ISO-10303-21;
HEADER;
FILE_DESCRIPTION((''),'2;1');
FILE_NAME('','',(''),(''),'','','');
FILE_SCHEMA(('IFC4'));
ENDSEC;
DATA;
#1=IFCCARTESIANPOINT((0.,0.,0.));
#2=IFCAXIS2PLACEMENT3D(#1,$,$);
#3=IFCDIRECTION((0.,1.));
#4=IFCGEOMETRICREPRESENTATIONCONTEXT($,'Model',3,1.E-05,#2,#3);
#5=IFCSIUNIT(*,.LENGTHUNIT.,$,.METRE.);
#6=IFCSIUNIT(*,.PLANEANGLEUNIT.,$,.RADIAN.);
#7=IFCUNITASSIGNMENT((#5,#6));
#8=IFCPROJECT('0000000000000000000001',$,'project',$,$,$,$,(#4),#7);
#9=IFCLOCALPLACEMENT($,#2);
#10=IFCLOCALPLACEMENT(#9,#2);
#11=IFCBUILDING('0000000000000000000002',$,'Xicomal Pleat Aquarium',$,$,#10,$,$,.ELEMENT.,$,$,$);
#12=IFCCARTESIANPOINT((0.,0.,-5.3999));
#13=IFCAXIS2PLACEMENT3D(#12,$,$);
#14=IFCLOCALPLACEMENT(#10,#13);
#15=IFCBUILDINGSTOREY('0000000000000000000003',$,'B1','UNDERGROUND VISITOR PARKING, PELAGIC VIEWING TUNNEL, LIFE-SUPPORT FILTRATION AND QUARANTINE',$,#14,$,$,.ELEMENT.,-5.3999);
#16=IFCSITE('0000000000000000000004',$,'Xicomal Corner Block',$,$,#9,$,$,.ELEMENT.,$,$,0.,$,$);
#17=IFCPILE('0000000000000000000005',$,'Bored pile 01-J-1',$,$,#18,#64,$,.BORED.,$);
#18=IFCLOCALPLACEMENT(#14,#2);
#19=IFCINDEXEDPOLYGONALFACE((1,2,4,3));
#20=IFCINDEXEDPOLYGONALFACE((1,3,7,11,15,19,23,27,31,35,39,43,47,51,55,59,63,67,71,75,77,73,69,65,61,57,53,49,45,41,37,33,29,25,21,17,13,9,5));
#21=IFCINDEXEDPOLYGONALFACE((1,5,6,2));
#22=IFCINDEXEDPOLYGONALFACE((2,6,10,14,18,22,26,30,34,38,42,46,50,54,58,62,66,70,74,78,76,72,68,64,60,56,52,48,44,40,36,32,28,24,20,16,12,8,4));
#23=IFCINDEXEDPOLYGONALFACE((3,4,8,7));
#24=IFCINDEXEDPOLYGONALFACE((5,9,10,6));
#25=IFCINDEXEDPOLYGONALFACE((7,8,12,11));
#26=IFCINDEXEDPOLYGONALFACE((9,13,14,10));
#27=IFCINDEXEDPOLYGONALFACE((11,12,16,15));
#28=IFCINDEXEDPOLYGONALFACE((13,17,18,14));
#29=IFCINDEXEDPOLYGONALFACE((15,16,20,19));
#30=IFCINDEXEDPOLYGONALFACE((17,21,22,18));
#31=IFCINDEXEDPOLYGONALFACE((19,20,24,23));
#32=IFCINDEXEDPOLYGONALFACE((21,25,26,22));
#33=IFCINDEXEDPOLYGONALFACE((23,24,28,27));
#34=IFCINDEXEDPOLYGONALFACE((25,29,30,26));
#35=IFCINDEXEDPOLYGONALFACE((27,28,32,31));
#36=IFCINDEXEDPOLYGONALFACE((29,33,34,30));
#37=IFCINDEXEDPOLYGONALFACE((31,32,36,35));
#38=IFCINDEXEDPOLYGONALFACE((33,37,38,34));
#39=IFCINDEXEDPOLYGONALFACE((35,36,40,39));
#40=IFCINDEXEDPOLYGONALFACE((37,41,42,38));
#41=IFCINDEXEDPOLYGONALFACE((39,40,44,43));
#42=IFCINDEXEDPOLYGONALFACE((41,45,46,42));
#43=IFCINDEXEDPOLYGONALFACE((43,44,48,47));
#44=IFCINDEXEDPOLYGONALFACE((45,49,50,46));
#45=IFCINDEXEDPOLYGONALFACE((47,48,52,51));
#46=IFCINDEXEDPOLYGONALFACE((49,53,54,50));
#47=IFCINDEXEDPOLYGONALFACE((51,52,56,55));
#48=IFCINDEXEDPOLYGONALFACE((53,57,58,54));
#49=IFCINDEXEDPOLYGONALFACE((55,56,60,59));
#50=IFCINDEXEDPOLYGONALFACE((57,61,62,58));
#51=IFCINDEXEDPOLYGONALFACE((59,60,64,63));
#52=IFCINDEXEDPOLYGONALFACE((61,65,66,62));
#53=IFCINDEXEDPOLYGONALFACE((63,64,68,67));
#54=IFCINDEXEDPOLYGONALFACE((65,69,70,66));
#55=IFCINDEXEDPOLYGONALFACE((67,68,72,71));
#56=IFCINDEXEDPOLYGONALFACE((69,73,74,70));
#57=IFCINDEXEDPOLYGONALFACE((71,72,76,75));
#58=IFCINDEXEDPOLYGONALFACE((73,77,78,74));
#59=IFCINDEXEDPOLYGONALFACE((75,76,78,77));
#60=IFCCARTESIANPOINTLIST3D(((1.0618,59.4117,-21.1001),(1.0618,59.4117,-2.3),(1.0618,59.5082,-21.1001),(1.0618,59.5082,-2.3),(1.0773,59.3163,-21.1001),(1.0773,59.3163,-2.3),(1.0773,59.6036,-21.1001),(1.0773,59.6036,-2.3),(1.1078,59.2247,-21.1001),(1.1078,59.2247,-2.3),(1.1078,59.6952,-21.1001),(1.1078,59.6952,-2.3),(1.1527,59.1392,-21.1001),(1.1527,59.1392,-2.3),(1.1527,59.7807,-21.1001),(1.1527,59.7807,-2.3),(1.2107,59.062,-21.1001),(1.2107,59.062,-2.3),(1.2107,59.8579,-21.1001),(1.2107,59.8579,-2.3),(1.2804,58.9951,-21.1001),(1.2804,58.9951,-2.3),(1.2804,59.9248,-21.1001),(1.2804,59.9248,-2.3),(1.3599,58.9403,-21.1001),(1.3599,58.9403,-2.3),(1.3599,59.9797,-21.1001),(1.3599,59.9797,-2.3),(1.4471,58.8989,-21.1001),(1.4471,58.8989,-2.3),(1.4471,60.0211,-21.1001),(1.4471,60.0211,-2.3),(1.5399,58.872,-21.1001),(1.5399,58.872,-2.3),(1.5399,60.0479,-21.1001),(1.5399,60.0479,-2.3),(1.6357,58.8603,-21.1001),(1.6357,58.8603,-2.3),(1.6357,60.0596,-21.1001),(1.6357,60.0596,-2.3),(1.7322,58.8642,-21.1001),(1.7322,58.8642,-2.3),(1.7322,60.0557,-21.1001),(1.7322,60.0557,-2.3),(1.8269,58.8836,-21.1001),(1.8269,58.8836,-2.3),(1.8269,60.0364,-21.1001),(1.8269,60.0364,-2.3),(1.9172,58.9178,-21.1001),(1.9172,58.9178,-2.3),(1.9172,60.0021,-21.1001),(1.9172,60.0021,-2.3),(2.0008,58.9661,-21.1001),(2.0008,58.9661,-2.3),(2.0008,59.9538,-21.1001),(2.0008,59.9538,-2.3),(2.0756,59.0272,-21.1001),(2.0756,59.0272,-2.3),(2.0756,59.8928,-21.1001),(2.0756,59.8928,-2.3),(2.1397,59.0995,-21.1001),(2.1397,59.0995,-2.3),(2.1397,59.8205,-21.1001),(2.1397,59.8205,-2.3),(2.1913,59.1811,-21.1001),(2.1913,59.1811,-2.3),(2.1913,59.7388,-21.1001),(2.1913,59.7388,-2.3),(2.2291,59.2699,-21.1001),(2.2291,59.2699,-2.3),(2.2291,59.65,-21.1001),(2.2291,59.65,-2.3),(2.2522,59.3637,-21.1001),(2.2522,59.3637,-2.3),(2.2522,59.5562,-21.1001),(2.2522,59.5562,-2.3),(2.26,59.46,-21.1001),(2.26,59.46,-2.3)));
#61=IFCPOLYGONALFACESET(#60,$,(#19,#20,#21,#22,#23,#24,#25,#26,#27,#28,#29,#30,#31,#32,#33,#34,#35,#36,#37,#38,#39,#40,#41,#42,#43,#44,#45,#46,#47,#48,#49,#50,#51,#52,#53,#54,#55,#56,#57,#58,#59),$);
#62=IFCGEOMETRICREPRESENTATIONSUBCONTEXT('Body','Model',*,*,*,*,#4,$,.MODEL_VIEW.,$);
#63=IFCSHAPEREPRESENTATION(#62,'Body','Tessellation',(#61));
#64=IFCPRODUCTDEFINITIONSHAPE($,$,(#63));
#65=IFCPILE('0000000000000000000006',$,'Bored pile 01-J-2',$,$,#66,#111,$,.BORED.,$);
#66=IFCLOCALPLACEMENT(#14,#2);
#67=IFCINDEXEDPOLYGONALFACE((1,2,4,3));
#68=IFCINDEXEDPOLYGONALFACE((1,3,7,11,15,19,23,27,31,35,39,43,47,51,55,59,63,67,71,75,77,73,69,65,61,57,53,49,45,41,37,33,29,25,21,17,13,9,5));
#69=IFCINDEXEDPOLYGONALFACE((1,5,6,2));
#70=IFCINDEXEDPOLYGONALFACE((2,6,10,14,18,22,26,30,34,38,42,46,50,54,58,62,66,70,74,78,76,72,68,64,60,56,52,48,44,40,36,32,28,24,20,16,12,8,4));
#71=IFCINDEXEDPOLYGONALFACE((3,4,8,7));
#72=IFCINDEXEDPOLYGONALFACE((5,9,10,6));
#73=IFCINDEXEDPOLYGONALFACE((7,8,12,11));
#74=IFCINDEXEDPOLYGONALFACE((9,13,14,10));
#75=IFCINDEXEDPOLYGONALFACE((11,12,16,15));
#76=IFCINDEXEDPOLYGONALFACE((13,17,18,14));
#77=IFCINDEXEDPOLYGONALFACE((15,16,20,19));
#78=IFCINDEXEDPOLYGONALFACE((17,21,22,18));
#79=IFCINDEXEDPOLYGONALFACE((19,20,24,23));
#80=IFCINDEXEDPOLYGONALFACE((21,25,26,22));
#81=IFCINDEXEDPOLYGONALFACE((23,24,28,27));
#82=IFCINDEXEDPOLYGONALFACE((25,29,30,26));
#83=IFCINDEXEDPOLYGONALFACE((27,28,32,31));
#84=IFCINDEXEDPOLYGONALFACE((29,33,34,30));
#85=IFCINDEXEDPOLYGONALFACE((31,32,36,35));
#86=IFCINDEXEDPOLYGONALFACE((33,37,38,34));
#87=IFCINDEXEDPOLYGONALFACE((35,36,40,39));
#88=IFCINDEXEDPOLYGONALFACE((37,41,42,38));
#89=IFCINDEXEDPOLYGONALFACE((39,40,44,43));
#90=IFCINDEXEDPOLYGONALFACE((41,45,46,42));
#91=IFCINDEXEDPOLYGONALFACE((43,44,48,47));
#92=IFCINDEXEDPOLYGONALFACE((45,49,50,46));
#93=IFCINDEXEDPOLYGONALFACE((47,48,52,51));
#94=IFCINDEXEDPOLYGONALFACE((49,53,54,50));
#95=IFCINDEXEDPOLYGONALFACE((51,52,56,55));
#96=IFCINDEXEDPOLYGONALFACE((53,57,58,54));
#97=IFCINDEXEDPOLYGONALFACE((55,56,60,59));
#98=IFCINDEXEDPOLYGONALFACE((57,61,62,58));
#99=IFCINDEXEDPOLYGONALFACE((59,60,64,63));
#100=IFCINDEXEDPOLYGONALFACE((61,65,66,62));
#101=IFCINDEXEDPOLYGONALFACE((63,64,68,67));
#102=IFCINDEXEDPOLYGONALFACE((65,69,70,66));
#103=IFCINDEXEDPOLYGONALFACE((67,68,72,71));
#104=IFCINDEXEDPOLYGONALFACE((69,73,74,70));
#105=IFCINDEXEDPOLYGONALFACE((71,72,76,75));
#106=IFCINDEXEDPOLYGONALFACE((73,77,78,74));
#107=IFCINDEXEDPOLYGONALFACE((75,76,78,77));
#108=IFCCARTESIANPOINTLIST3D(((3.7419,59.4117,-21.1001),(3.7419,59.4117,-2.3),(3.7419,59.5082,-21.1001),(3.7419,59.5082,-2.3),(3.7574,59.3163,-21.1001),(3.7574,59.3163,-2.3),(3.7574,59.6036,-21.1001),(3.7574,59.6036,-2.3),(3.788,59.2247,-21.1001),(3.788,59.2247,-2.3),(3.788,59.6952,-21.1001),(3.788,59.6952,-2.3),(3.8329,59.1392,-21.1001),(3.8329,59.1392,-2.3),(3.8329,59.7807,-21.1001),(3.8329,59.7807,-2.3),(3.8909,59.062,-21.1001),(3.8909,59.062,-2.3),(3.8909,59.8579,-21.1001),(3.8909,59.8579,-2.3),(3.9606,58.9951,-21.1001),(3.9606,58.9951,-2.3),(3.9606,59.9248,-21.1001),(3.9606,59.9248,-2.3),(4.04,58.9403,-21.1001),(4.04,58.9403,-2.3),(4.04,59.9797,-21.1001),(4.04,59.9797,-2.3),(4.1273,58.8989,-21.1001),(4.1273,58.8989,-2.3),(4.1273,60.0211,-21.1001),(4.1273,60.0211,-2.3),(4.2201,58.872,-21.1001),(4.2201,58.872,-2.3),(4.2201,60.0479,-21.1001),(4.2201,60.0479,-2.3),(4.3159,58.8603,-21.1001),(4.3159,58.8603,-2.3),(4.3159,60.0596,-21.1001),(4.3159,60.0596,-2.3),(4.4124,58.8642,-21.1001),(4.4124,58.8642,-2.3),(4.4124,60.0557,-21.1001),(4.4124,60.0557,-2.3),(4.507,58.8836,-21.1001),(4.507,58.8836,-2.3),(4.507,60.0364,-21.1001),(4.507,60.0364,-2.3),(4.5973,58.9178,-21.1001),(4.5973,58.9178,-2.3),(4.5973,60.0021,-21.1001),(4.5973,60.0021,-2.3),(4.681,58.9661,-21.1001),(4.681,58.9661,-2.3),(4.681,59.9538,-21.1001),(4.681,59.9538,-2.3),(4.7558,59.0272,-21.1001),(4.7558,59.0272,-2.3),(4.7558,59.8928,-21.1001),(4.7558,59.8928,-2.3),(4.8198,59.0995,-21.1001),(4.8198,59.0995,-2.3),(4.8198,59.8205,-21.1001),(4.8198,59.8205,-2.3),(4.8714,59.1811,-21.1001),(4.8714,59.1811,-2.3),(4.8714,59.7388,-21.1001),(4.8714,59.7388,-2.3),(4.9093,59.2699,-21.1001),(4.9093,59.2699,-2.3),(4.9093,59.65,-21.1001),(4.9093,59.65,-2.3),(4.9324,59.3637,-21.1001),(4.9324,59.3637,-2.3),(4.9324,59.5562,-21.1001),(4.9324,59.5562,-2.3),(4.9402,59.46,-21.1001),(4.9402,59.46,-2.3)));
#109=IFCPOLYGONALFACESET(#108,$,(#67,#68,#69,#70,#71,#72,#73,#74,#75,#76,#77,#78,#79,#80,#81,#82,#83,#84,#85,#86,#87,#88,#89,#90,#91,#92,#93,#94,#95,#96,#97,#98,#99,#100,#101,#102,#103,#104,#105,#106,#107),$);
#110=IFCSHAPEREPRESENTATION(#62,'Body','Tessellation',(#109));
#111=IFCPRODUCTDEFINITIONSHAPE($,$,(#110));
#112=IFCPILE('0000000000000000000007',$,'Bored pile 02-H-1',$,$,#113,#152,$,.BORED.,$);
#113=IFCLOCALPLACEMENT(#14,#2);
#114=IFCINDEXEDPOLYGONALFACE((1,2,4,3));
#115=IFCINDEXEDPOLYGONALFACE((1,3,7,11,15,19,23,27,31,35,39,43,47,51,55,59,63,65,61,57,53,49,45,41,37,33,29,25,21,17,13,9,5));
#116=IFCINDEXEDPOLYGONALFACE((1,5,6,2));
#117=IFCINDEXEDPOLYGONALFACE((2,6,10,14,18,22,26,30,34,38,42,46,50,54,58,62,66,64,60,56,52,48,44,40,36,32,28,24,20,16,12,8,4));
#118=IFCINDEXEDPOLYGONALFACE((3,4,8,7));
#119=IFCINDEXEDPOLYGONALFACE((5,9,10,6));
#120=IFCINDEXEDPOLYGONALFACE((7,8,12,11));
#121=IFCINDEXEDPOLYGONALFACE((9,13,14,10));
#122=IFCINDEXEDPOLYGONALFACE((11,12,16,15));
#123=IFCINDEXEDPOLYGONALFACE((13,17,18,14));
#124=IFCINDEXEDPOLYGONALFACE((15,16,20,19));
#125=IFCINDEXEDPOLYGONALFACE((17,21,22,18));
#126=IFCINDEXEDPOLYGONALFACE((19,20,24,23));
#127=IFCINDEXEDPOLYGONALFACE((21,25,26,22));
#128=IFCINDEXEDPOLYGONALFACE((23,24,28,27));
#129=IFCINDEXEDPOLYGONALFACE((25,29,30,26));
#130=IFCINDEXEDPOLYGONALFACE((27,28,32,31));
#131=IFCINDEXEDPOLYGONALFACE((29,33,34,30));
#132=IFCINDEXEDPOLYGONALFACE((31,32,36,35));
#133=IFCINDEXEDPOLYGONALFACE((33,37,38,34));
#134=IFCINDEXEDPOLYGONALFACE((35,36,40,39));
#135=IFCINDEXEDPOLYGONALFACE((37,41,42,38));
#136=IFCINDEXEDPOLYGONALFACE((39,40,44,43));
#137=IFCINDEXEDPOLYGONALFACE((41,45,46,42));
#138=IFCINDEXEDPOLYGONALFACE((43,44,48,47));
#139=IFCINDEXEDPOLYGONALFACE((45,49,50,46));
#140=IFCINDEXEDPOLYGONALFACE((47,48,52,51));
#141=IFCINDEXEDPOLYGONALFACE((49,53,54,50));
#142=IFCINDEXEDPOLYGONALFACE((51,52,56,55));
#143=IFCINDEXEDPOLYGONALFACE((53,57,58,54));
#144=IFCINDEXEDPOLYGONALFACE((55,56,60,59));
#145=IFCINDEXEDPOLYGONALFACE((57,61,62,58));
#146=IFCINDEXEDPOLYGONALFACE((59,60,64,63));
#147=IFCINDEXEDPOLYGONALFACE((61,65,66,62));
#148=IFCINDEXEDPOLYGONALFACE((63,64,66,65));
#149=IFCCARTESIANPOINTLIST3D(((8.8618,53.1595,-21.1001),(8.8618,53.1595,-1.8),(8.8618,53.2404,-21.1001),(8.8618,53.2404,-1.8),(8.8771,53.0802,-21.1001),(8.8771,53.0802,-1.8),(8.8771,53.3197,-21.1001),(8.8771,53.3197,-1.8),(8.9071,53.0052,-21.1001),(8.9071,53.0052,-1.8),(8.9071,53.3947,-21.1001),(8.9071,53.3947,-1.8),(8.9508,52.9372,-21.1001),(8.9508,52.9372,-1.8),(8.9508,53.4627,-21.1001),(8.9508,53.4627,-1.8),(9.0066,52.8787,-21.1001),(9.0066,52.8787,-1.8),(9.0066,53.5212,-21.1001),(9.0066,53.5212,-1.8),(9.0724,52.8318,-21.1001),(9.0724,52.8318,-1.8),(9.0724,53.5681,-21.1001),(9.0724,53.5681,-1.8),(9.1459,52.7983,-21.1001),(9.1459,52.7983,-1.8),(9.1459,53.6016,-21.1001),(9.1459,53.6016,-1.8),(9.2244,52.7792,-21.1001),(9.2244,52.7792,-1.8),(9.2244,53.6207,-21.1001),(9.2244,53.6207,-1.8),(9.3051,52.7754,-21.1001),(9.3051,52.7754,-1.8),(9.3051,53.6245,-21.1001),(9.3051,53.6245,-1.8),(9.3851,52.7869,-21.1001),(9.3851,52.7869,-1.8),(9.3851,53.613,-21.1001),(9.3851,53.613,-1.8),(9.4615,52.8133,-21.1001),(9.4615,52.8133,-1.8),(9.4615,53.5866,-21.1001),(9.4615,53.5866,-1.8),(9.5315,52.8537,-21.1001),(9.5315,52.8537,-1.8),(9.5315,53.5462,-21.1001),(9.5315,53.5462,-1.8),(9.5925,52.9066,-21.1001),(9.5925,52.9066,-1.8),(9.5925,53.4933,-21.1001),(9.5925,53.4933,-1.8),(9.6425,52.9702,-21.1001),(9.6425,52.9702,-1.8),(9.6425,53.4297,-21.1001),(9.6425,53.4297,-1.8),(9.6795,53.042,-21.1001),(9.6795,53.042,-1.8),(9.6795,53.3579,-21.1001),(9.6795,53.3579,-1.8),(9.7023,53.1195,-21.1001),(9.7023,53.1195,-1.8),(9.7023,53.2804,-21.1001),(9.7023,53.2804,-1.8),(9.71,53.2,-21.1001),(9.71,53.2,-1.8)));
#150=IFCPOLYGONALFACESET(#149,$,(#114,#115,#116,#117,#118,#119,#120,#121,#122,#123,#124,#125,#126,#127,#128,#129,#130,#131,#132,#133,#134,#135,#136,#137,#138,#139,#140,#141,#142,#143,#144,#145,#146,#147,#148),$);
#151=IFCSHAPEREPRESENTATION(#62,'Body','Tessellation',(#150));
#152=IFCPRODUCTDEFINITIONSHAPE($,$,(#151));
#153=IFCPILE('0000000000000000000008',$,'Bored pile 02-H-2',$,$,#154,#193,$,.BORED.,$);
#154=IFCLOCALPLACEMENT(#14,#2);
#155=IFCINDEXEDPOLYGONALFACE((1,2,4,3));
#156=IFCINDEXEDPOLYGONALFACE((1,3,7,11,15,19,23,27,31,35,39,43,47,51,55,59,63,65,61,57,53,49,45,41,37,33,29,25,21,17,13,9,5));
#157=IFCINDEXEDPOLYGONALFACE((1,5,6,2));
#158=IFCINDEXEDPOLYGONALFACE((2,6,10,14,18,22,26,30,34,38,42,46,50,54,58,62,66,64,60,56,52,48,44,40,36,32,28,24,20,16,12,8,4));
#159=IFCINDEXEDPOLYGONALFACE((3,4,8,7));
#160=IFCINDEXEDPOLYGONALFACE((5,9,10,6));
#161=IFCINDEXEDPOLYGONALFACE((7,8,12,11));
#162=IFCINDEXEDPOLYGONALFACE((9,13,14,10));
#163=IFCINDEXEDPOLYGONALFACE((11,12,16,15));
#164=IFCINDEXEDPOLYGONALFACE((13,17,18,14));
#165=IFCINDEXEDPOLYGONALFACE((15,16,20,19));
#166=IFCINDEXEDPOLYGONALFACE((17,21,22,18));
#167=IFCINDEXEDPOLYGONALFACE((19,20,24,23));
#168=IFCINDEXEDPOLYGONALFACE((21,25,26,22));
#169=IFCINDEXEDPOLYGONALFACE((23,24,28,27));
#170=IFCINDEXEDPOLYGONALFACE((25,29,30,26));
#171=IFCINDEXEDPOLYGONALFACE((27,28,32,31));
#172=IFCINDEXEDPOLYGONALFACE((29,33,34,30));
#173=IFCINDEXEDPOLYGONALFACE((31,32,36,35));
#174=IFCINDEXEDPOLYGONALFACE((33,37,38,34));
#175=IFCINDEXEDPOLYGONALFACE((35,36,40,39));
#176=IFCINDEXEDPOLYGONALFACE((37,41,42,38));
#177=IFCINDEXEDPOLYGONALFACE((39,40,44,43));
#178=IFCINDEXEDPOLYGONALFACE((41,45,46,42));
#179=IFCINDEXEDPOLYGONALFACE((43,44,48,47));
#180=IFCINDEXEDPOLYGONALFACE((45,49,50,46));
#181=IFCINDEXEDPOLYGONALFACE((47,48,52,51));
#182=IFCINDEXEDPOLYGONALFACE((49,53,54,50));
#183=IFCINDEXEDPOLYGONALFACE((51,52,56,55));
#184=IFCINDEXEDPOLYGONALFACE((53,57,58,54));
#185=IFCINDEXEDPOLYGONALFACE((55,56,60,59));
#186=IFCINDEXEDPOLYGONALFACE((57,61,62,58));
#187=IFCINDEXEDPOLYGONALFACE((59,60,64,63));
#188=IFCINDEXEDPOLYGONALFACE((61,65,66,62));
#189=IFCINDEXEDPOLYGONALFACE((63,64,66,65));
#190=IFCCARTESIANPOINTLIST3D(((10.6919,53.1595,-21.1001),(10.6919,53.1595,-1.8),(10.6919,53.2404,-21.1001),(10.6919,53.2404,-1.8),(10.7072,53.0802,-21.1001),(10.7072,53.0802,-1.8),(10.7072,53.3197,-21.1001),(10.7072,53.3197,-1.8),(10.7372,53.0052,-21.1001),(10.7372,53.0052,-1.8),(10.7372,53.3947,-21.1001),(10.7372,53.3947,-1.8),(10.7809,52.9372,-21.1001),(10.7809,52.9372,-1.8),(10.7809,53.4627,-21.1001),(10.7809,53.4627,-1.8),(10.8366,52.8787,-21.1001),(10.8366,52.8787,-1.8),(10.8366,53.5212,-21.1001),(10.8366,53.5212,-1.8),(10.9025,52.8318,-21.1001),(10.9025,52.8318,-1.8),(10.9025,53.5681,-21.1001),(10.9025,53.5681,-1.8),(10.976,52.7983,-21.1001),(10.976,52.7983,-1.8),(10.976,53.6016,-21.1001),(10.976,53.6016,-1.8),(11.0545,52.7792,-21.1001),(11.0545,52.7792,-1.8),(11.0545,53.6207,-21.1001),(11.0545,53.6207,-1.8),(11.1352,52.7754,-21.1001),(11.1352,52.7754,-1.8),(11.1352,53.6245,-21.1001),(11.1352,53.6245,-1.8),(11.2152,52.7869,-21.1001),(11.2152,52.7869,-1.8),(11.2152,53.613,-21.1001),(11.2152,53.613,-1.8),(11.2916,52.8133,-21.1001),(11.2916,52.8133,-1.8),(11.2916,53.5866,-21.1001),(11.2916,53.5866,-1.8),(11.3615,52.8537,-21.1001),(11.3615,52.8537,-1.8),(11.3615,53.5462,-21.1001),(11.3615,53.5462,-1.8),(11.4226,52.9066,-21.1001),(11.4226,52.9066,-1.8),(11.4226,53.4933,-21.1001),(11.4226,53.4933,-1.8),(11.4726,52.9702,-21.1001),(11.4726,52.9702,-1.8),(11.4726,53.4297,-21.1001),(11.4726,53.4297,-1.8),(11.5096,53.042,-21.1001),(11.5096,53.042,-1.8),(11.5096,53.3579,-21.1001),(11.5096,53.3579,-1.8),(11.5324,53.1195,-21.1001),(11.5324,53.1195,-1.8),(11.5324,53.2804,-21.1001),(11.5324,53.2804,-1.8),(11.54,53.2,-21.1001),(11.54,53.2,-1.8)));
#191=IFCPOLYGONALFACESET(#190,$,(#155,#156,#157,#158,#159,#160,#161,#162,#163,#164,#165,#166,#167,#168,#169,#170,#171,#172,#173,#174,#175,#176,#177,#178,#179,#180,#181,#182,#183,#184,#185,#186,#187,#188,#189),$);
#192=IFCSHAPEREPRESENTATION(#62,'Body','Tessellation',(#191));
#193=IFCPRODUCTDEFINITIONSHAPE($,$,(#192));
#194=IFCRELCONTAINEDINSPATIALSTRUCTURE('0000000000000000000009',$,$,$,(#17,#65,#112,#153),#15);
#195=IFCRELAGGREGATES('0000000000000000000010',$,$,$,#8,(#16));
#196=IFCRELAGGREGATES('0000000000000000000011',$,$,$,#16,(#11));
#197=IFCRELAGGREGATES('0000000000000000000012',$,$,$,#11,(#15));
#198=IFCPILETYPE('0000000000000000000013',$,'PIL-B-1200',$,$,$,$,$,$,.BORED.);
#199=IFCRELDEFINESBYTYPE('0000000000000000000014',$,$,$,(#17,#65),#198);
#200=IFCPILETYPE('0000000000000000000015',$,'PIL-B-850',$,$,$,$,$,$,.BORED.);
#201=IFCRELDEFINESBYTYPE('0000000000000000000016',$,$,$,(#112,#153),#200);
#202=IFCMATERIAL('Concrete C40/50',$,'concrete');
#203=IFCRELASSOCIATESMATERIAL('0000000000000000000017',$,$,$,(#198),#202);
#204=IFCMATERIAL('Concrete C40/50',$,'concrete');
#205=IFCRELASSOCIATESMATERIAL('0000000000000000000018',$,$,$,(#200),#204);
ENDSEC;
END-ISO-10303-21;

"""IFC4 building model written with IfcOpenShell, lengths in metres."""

from ifc_helpers import new_model, si_unit, direction, frame, origin, origin_2d, place, context, subcontext, project, spatial, circle, extrude, material, material_profile, profile_set, type_object, element, save


model = new_model("IFC4")

# Units and contexts
model_context = context("Model", 3, precision=1e-05, world=origin(), true_north=direction((0.0, 1.0)))
body_context = subcontext(model_context, "Body", "Model", "MODEL_VIEW")
ifc_project = project(units=[si_unit("LENGTHUNIT", "METRE"), si_unit("PLANEANGLEUNIT", "RADIAN")], contexts=[model_context])

# Site, building, storey
site_placement = place(None, origin())
site = spatial("IfcSite", under=ifc_project, at=site_placement, Name="Xicomal Corner Block", CompositionType="ELEMENT", RefElevation=0.0)
building_placement = place(site_placement, origin())
building = spatial("IfcBuilding", under=site, at=building_placement, Name="Xicomal Pleat Aquarium", CompositionType="ELEMENT")
storey_placement = place(building_placement, frame((0.0, 0.0, -5.3999)))
storey = spatial("IfcBuildingStorey", under=building, at=storey_placement, Name="B1", Description="UNDERGROUND VISITOR PARKING, PELAGIC VIEWING TUNNEL, LIFE-SUPPORT FILTRATION AND QUARANTINE", CompositionType="ELEMENT", Elevation=-5.3999)

# Piles
ifc_material_1 = material(Name="Concrete C40/50", Category="concrete")
ifc_material_profile_1 = material_profile(ifc_material_1, circle(Radius=0.6001, at=origin_2d()), Name="BORED PILE D1200")
ifc_profile_set_1 = profile_set([ifc_material_profile_1], Name="Concrete C40/50")
pile_type_1 = type_object("IfcPileType", Name="PIL-B-1200", PredefinedType="BORED", material=ifc_profile_set_1)
for number, where, z_axis, x_axis, name in (
    (1, (1.6599, 59.46, -2.3), (0.0, 0.0, -1.0), (1.0, 0.0, 0.0), "Bored pile 01-J-1"),
    (2, (4.3401, 59.46, -2.3), (0.0, 0.0, -1.0), (1.0, 0.0, 0.0), "Bored pile 01-J-2"),
):
    element("IfcPile", number, at=place(storey_placement, frame(where, z_axis=z_axis, x_axis=x_axis)), inside=storey, type_object=pile_type_1, Name=name, PredefinedType="BORED", context=body_context, shape_type="SweptSolid", body=[
        extrude(circle(Radius=0.6001, at=origin_2d()), origin(), (0.0, 0.0, 1.0), 18.8),
    ])
ifc_material_2 = material(Name="Concrete C40/50", Category="concrete")
ifc_material_profile_2 = material_profile(ifc_material_2, circle(Radius=0.425, at=origin_2d()), Name="BORED PILE D850")
ifc_profile_set_2 = profile_set([ifc_material_profile_2], Name="Concrete C40/50")
pile_type_2 = type_object("IfcPileType", Name="PIL-B-850", PredefinedType="BORED", material=ifc_profile_set_2)
for number, where, z_axis, x_axis, name in (
    (3, (9.2849, 53.2, -1.8), (0.0, 0.0, -1.0), (1.0, 0.0, 0.0), "Bored pile 02-H-1"),
    (4, (11.115, 53.2, -1.8), (0.0, 0.0, -1.0), (1.0, 0.0, 0.0), "Bored pile 02-H-2"),
):
    element("IfcPile", number, at=place(storey_placement, frame(where, z_axis=z_axis, x_axis=x_axis)), inside=storey, type_object=pile_type_2, Name=name, PredefinedType="BORED", context=body_context, shape_type="SweptSolid", body=[
        extrude(circle(Radius=0.425, at=origin_2d()), origin(), (0.0, 0.0, 1.0), 19.3),
    ])

save(model, "model.ifc")
